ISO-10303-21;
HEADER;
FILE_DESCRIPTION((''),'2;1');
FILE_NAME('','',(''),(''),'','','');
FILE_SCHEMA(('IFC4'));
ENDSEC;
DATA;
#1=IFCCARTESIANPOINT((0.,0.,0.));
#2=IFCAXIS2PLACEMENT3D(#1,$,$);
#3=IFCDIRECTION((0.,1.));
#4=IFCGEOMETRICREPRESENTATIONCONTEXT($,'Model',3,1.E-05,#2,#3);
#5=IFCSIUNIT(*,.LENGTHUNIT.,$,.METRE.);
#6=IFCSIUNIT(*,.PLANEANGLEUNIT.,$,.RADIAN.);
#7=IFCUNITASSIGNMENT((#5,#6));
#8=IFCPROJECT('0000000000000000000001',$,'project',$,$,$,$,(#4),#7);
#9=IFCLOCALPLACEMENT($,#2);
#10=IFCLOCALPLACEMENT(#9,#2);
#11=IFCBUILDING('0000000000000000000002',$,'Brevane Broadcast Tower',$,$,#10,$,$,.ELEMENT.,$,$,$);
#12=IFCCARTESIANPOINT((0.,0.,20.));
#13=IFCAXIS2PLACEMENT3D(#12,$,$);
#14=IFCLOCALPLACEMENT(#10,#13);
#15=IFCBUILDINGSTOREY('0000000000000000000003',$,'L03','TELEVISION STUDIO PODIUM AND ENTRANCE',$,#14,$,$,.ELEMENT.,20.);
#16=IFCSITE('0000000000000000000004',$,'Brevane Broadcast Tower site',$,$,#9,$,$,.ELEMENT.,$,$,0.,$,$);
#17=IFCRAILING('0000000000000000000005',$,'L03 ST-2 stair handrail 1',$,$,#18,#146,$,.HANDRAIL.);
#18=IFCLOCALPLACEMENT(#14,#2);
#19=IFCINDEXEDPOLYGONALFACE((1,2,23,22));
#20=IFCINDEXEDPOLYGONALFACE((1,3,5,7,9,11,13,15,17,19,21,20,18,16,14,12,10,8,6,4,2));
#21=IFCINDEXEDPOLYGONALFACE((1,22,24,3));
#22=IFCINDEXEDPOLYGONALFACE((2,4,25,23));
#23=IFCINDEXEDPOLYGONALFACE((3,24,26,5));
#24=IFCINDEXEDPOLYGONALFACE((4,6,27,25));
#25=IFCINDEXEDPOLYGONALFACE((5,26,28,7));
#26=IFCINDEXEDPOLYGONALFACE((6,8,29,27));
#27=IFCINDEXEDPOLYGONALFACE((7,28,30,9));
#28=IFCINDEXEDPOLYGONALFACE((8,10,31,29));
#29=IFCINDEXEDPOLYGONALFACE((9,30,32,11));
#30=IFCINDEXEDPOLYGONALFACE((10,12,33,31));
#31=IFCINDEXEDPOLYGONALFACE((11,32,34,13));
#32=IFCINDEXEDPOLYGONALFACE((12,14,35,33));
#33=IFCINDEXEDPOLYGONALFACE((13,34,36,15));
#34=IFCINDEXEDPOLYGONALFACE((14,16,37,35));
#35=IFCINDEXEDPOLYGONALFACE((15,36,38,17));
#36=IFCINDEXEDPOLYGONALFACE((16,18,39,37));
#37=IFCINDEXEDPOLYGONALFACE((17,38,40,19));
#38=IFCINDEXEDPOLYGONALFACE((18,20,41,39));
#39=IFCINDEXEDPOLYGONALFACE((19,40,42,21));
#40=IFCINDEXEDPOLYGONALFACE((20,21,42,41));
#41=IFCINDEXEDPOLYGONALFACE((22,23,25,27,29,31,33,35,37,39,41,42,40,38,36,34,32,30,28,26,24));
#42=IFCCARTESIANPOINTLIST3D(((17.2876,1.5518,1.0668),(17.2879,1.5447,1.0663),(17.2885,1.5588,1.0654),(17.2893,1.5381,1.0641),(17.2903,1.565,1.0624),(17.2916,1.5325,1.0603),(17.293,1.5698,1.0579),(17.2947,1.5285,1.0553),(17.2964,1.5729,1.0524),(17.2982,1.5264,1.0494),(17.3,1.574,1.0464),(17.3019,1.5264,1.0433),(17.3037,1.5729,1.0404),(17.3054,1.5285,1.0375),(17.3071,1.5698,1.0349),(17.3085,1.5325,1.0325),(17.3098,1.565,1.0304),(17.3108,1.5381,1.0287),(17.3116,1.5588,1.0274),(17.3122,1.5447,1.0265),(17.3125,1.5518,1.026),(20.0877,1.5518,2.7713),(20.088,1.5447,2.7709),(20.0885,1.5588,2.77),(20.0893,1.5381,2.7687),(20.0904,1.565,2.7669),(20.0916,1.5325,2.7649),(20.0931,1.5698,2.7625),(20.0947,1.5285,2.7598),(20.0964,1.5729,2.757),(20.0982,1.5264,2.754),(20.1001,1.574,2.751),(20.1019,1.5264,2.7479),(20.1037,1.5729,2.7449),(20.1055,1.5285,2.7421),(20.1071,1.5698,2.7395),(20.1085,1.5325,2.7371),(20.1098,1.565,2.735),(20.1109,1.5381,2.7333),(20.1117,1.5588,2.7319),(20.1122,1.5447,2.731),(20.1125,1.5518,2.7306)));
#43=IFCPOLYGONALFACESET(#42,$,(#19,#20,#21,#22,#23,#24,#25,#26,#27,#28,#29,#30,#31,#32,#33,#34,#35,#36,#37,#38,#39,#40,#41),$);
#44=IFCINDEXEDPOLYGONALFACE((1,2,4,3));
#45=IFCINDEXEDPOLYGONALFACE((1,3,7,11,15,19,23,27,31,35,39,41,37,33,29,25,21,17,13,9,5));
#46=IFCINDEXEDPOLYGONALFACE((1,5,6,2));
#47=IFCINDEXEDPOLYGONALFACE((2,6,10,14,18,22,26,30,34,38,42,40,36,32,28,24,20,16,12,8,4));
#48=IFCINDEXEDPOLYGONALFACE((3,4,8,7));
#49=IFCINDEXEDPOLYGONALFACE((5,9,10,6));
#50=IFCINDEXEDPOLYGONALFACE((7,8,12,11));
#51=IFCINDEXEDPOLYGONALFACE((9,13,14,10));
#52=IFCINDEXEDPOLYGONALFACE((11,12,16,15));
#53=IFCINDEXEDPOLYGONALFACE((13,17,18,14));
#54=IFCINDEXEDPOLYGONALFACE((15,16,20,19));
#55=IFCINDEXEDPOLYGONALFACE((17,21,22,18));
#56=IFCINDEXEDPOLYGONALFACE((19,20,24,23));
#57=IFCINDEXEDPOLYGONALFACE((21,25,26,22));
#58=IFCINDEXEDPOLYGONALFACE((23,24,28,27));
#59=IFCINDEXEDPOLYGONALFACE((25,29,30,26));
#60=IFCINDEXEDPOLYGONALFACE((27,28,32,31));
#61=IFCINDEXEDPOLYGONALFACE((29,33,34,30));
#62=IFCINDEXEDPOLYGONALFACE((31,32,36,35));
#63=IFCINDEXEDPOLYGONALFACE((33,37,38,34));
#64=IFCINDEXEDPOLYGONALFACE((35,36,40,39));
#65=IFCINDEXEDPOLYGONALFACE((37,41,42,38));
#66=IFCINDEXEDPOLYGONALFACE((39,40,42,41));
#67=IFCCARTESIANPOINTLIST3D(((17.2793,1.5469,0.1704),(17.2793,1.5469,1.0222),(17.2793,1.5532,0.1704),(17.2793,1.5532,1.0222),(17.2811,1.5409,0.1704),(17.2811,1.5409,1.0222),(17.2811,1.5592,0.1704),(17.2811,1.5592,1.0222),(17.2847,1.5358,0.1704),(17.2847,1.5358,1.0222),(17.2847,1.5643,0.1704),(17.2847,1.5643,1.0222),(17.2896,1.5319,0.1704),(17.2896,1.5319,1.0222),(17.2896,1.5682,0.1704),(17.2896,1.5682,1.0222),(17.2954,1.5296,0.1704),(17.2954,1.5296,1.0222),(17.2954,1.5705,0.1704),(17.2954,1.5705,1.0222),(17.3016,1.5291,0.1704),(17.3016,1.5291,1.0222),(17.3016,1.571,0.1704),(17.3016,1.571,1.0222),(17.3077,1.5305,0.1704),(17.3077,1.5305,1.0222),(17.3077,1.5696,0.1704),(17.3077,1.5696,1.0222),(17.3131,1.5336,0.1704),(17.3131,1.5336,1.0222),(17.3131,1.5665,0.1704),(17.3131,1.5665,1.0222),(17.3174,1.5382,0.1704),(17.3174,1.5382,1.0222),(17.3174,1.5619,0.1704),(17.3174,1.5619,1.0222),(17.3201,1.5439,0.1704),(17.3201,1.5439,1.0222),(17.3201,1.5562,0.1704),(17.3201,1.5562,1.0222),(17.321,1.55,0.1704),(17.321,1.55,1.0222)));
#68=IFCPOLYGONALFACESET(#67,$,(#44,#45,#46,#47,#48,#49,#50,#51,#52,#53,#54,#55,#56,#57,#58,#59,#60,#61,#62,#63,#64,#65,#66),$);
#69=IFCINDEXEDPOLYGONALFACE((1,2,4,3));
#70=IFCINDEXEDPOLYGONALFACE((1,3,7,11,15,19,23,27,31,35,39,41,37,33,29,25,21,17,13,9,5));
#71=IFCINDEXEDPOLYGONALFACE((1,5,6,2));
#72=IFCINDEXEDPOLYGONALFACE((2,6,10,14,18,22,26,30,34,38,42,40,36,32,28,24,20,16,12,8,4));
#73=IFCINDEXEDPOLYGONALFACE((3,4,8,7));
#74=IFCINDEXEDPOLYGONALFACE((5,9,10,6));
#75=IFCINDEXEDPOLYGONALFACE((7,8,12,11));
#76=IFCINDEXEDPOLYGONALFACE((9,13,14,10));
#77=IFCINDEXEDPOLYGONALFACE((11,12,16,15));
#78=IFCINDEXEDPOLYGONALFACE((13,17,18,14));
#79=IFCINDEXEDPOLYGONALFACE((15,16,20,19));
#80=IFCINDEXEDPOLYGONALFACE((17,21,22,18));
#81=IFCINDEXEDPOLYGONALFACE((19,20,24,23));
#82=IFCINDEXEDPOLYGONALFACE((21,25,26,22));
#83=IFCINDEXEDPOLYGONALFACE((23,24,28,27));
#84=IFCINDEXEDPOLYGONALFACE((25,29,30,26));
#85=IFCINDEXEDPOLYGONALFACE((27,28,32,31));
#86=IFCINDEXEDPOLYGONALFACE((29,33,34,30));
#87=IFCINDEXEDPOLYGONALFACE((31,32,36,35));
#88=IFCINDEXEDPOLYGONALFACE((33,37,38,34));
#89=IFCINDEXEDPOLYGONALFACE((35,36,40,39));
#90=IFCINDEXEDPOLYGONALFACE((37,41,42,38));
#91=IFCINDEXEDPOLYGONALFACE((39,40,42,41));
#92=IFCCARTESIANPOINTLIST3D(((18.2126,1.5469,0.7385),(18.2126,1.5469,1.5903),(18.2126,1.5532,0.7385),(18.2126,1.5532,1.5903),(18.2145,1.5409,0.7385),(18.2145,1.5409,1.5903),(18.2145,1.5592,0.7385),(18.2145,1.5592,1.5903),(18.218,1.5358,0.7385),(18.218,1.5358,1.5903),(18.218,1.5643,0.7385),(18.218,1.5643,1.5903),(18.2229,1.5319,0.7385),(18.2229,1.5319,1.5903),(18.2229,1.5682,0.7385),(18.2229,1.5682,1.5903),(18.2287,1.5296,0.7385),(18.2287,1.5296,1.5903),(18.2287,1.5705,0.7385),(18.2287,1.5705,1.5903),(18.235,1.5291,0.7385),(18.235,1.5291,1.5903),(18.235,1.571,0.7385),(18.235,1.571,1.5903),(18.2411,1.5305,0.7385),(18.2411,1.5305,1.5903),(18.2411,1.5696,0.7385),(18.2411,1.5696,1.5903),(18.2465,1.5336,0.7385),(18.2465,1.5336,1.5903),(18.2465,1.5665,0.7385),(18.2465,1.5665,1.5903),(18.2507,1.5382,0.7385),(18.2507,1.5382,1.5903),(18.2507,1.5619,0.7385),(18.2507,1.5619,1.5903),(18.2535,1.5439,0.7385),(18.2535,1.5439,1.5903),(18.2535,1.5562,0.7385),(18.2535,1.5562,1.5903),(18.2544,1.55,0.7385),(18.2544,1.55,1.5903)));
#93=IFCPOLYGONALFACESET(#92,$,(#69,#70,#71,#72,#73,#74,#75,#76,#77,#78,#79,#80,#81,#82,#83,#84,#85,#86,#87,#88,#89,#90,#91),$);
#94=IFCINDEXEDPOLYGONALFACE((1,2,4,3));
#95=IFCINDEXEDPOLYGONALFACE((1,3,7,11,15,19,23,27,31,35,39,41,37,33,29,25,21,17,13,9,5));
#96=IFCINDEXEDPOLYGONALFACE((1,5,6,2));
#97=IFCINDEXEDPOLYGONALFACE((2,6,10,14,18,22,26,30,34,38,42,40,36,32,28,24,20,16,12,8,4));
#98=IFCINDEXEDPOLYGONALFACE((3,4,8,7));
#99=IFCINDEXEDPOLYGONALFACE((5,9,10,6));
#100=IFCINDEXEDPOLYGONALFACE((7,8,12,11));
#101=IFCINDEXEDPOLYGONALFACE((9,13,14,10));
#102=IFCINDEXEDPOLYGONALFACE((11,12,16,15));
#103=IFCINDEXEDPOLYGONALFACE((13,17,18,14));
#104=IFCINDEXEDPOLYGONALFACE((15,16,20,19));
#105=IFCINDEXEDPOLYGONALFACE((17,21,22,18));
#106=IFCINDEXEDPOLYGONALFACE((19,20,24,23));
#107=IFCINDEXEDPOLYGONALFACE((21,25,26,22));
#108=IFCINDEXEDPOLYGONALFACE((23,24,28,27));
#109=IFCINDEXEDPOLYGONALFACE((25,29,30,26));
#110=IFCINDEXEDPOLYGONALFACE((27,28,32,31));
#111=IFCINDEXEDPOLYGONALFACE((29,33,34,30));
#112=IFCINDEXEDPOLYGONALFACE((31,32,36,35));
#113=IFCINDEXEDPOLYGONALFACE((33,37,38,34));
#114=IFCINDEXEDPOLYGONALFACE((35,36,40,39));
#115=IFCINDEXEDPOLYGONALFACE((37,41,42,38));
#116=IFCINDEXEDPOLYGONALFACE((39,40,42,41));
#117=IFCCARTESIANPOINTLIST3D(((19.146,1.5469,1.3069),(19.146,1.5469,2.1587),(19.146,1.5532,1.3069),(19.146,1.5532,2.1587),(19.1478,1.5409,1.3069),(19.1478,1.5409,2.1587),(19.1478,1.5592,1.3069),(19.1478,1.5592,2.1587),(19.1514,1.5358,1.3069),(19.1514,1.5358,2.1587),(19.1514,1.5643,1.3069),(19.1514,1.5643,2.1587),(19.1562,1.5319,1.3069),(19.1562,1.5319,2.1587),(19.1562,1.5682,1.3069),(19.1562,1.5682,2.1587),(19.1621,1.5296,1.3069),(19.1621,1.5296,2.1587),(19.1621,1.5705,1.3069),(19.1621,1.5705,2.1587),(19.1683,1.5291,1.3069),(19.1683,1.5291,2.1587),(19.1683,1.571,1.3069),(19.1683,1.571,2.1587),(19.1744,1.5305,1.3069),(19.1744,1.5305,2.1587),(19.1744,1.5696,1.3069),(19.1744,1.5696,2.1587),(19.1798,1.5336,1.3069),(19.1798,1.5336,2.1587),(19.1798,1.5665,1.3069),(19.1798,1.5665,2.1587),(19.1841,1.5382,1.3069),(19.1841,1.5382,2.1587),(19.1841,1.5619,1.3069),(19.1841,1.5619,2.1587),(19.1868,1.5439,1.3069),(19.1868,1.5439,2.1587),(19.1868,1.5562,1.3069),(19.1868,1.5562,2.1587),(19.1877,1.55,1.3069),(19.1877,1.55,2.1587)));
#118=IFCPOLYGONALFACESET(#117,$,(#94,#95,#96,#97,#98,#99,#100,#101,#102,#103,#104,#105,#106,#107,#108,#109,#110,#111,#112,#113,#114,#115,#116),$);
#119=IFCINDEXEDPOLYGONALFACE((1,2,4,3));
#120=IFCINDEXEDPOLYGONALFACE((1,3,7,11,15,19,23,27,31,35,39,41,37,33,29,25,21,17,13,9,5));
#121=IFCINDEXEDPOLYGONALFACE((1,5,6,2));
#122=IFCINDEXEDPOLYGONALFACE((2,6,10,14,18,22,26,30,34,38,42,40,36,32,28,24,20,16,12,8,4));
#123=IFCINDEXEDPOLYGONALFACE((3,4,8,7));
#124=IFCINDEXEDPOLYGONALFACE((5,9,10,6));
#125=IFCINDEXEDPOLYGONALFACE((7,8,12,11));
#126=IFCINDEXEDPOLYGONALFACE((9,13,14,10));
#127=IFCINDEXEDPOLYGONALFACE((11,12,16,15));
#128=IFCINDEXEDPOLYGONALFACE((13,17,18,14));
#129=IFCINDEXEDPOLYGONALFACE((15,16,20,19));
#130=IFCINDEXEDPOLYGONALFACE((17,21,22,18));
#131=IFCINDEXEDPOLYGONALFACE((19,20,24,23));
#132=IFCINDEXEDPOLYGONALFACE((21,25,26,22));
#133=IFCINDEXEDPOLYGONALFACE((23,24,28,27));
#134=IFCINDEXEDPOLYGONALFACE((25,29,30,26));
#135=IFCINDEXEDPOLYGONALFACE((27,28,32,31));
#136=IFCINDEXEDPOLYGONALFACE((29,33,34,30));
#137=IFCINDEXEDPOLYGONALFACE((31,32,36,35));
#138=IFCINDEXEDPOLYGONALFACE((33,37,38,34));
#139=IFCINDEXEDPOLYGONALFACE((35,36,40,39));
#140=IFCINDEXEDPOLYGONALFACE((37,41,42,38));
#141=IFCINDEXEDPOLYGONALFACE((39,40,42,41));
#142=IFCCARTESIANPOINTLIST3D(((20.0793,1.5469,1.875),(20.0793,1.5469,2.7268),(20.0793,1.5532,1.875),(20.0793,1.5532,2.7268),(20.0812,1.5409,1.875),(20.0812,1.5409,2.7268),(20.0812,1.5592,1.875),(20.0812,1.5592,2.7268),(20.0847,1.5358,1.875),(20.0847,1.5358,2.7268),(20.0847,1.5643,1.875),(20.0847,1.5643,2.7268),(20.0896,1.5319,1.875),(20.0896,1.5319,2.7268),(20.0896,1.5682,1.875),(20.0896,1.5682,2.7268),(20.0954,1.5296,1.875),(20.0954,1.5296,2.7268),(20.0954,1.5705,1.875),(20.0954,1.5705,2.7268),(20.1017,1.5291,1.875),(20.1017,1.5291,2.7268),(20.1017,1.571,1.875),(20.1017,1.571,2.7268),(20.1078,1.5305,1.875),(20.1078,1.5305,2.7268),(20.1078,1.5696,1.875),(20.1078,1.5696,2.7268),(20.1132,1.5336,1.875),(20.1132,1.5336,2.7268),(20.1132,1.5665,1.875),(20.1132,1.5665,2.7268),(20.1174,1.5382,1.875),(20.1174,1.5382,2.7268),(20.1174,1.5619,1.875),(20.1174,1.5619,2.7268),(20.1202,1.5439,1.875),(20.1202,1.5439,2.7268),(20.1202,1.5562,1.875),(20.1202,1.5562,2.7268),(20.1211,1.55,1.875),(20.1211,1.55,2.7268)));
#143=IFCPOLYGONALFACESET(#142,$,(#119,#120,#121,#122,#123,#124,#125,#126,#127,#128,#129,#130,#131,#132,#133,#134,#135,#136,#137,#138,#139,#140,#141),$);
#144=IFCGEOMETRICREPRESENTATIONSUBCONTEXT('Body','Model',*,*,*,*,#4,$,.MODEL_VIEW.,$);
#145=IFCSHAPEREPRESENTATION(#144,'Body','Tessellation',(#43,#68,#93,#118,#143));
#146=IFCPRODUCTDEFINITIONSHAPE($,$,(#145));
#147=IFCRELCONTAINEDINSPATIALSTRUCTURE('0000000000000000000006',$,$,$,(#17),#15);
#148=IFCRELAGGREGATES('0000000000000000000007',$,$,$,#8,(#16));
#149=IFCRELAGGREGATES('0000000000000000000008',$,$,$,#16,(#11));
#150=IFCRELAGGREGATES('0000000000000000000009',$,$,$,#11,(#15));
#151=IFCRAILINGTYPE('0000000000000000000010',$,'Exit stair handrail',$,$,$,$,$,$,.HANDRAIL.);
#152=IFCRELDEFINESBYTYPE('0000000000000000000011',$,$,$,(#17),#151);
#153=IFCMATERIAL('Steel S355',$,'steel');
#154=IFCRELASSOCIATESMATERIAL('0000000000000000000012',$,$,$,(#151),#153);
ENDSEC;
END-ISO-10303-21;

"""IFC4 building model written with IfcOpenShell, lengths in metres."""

from ifc_helpers import new_model, si_unit, direction, frame, origin, origin_2d, place, context, subcontext, project, spatial, circle, extrude, material, type_object, element, save


model = new_model("IFC4")

# Units and contexts
model_context = context("Model", 3, precision=1e-05, world=origin(), true_north=direction((0.0, 1.0)))
body_context = subcontext(model_context, "Body", "Model", "MODEL_VIEW")
ifc_project = project(units=[si_unit("LENGTHUNIT", "METRE"), si_unit("PLANEANGLEUNIT", "RADIAN")], contexts=[model_context])

# Site, building, storey
site_placement = place(None, origin())
site = spatial("IfcSite", under=ifc_project, at=site_placement, Name="Brevane Broadcast Tower site", CompositionType="ELEMENT", RefElevation=0.0)
building_placement = place(site_placement, origin())
building = spatial("IfcBuilding", under=site, at=building_placement, Name="Brevane Broadcast Tower", CompositionType="ELEMENT")
storey_placement = place(building_placement, frame((0.0, 0.0, 20.0)))
storey = spatial("IfcBuildingStorey", under=building, at=storey_placement, Name="L03", Description="TELEVISION STUDIO PODIUM AND ENTRANCE", CompositionType="ELEMENT", Elevation=20.0)

# Railing
ifc_material_1 = material(Name="Steel S355", Category="steel")
railing_type_1 = type_object("IfcRailingType", Name="Exit stair handrail", PredefinedType="HANDRAIL", material=ifc_material_1)
for number, where, name in (
    (1, (17.3, 1.55, 0.1704), "L03 ST-2 stair handrail 1"),
):
    element("IfcRailing", number, at=place(storey_placement, frame(where)), inside=storey, type_object=railing_type_1, Name=name, PredefinedType="HANDRAIL", context=body_context, shape_type="SweptSolid", body=[
        extrude(circle(Radius=0.0239, at=origin_2d()), frame((0.0, 0.0, 0.876), z_axis=(0.85417, 0.0, 0.519994), x_axis=(0.0, 1.0, 0.0)), (0.0, 0.0, 1.0), 3.2781),
        extrude(circle(Radius=0.021, at=origin_2d()), origin(), (0.0, 0.0, 1.0), 0.8518),
        extrude(circle(Radius=0.021, at=origin_2d()), frame((0.9333, 0.0, 0.5681)), (0.0, 0.0, 1.0), 0.8518),
        extrude(circle(Radius=0.021, at=origin_2d()), frame((1.8667, 0.0, 1.1365)), (0.0, 0.0, 1.0), 0.8518),
        extrude(circle(Radius=0.021, at=origin_2d()), frame((2.8, 0.0, 1.7046)), (0.0, 0.0, 1.0), 0.8518),
    ])

save(model, "model.ifc")
